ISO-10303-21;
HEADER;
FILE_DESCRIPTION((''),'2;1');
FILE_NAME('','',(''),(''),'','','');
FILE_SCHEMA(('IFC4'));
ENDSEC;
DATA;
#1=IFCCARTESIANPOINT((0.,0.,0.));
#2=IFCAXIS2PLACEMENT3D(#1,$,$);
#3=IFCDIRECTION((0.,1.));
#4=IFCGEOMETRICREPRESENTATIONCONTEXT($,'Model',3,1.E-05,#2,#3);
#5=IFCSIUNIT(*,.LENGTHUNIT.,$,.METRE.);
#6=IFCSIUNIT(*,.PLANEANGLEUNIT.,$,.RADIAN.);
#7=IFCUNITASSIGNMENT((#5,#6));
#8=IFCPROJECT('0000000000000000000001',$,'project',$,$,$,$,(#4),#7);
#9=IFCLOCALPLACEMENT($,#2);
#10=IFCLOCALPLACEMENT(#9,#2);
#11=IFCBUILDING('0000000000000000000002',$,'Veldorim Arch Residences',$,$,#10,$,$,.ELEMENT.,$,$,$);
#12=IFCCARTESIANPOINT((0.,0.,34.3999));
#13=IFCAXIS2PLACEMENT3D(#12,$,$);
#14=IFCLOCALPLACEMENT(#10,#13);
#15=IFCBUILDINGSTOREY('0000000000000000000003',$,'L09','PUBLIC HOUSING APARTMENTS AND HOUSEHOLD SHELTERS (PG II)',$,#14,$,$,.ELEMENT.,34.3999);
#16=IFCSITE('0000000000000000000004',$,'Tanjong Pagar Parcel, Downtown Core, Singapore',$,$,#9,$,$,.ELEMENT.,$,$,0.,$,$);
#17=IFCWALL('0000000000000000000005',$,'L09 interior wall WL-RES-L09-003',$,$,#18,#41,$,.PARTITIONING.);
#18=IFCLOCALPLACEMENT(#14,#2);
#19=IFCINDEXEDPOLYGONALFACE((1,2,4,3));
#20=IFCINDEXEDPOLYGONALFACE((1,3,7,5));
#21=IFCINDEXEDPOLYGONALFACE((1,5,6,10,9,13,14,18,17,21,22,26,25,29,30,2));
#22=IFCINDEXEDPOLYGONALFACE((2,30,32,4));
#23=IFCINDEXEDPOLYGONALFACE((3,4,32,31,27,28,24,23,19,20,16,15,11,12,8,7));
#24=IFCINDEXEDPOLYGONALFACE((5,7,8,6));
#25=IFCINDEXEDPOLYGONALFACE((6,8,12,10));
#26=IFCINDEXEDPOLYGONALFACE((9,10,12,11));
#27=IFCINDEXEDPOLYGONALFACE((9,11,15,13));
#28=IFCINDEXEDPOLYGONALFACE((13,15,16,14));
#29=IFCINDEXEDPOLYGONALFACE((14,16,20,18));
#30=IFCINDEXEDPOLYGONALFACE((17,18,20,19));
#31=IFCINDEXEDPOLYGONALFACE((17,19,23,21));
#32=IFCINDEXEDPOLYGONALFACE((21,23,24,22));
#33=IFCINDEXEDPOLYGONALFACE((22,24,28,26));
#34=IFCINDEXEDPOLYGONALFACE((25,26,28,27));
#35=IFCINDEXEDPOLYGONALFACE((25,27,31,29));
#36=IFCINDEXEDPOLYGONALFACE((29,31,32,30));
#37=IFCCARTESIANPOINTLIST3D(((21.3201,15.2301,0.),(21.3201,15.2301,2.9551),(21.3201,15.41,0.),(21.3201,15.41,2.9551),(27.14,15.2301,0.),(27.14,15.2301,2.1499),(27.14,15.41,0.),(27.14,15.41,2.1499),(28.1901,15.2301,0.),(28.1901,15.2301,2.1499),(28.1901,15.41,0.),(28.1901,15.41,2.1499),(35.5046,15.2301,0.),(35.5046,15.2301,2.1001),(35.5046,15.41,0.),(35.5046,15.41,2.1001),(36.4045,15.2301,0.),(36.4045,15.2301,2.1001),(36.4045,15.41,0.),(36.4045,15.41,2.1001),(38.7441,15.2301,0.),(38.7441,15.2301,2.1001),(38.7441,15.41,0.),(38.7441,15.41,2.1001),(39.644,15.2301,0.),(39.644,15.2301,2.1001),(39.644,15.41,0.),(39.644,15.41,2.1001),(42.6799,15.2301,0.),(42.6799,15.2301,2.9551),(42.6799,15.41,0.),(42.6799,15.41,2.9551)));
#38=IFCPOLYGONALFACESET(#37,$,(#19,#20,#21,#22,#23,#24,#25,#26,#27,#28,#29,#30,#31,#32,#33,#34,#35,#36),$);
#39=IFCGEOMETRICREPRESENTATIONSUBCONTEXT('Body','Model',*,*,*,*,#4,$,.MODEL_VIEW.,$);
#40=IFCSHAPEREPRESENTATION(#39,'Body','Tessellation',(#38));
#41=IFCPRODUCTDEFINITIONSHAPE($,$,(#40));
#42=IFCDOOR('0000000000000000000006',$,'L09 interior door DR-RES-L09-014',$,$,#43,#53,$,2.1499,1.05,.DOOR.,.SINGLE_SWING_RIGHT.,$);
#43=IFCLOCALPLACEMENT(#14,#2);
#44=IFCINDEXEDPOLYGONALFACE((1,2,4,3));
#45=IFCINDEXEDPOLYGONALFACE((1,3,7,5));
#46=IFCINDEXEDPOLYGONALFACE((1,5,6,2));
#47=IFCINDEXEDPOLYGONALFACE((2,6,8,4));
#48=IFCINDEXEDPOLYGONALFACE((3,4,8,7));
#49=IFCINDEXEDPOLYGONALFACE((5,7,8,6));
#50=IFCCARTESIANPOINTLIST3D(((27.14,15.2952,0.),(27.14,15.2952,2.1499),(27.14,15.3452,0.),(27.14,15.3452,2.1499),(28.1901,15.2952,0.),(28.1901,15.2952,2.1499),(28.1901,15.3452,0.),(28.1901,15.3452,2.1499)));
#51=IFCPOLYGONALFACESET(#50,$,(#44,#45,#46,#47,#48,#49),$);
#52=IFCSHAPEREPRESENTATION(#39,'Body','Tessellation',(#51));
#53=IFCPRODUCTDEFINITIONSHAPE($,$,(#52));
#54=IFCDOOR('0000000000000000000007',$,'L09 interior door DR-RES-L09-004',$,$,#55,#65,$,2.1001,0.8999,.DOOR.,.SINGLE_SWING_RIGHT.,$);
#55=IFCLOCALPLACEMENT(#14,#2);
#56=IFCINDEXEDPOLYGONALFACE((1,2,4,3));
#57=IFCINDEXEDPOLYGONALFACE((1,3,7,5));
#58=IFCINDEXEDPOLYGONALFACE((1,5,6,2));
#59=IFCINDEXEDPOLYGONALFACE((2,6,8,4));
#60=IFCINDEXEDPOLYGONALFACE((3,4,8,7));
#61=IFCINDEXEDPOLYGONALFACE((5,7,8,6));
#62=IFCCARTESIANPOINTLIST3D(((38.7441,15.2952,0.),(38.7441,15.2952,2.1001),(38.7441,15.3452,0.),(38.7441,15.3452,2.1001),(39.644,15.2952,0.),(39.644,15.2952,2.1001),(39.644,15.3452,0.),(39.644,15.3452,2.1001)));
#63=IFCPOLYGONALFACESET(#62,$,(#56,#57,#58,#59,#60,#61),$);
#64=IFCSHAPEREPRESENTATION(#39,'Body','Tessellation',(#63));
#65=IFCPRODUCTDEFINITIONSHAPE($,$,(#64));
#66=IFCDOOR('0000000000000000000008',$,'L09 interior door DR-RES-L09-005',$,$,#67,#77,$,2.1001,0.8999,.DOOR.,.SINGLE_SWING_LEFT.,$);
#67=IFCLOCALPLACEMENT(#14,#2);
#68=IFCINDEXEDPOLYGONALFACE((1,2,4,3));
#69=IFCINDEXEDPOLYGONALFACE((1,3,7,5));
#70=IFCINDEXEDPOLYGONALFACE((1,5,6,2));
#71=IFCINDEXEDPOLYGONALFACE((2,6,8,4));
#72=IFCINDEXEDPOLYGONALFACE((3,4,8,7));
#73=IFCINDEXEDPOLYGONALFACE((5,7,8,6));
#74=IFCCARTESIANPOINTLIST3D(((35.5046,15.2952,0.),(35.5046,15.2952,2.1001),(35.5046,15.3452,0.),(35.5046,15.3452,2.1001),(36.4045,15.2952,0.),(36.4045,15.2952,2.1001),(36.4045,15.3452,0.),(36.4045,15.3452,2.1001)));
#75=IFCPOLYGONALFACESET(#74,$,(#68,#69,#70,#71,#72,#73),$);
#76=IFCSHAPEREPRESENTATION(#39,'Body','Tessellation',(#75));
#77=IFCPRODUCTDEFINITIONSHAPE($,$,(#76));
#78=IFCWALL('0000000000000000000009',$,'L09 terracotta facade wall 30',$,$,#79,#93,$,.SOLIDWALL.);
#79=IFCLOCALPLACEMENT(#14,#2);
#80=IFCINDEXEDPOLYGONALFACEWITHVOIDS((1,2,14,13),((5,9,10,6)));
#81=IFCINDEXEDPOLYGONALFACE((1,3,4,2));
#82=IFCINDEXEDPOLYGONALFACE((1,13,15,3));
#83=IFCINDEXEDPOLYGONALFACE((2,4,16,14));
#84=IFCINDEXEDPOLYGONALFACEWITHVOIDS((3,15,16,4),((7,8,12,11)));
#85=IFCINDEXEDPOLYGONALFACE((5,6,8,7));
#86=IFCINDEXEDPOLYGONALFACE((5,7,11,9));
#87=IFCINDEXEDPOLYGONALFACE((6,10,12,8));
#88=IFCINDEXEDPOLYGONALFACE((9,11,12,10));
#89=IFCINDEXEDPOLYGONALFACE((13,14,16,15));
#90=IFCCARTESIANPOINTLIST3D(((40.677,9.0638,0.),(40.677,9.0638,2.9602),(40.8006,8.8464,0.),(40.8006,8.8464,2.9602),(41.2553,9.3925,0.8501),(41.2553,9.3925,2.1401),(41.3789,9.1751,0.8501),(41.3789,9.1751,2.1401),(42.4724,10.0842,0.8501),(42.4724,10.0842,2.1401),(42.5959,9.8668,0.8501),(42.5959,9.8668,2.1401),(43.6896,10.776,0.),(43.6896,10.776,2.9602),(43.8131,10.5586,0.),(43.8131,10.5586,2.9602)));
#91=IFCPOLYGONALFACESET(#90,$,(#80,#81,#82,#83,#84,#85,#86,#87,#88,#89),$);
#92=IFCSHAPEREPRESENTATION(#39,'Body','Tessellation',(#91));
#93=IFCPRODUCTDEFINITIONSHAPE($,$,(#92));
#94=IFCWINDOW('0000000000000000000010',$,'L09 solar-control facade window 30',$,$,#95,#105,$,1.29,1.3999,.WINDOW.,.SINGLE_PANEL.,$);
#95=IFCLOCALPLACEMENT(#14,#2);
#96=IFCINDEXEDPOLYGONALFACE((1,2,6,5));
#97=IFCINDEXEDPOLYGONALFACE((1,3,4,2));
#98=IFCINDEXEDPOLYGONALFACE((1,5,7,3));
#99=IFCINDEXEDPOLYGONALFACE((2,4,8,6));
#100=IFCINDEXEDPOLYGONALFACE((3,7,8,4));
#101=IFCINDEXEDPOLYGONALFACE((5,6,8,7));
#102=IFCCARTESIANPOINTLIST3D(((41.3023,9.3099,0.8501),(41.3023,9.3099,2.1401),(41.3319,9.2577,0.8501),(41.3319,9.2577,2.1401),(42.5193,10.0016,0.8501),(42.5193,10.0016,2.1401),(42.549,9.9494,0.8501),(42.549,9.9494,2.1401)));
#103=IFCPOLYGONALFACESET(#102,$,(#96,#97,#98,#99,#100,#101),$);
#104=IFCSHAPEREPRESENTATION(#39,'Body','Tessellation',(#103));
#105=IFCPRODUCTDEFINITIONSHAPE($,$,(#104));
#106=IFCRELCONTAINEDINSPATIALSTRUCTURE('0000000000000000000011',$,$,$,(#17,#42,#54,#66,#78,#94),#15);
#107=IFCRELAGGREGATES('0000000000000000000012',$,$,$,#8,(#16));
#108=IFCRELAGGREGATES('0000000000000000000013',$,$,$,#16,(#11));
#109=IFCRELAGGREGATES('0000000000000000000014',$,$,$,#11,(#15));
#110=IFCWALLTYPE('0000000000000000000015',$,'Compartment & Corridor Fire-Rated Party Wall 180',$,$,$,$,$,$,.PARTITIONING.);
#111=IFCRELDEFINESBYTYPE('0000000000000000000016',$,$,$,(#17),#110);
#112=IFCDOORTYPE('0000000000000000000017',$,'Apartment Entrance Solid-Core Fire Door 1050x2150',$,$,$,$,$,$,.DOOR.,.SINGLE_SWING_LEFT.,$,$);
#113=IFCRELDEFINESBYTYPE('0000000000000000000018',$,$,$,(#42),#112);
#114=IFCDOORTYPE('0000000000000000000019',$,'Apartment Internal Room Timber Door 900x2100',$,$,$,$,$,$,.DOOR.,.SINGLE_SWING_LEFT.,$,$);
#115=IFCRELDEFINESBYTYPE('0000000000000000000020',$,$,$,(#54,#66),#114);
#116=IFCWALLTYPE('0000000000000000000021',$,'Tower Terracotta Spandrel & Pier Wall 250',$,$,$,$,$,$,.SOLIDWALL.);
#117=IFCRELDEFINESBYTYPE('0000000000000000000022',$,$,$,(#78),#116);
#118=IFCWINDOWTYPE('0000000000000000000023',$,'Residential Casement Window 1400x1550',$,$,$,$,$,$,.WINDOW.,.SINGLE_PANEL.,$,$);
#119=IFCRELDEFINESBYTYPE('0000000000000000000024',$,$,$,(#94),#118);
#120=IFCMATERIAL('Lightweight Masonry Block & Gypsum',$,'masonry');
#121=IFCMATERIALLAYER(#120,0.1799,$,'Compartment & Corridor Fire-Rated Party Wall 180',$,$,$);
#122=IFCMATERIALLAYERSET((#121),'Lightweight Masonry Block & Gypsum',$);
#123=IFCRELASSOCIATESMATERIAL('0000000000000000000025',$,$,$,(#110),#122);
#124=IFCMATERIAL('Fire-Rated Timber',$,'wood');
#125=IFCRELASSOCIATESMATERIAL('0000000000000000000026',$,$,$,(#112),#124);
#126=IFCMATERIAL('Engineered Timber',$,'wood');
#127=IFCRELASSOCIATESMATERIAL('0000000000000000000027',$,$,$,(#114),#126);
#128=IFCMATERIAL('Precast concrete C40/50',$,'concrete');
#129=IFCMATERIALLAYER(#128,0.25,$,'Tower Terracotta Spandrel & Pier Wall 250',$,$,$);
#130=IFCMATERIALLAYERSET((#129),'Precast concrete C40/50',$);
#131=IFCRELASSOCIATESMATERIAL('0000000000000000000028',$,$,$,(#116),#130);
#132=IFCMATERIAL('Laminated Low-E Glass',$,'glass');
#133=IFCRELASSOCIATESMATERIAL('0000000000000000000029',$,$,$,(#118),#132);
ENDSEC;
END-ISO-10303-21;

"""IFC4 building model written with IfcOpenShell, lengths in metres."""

from ifc_helpers import new_model, si_unit, direction, frame, frame_2d, origin, place, context, subcontext, project, spatial, rectangle, extrude, material, layer, layer_set, type_object, element, fill, save


model = new_model("IFC4")

# Units and contexts
model_context = context("Model", 3, precision=1e-05, world=origin(), true_north=direction((0.0, 1.0)))
body_context = subcontext(model_context, "Body", "Model", "MODEL_VIEW")
ifc_project = project(units=[si_unit("LENGTHUNIT", "METRE"), si_unit("PLANEANGLEUNIT", "RADIAN")], contexts=[model_context])

# Site, building, storey
site_placement = place(None, origin())
site = spatial("IfcSite", under=ifc_project, at=site_placement, Name="Tanjong Pagar Parcel, Downtown Core, Singapore", CompositionType="ELEMENT", RefElevation=0.0)
building_placement = place(site_placement, origin())
building = spatial("IfcBuilding", under=site, at=building_placement, Name="Veldorim Arch Residences", CompositionType="ELEMENT")
storey_placement = place(building_placement, frame((0.0, 0.0, 34.3999)))
storey = spatial("IfcBuildingStorey", under=building, at=storey_placement, Name="L09", Description="PUBLIC HOUSING APARTMENTS AND HOUSEHOLD SHELTERS (PG II)", CompositionType="ELEMENT", Elevation=34.3999)

# Shared definitions
ifc_material_1 = material(Name="Lightweight Masonry Block & Gypsum", Category="masonry")
ifc_layer_1 = layer(ifc_material_1, 0.1799, Name="Compartment & Corridor Fire-Rated Party Wall 180")
ifc_layer_set_1 = layer_set([ifc_layer_1], Name="Lightweight Masonry Block & Gypsum")
wall_type_1 = type_object("IfcWallType", Name="Compartment & Corridor Fire-Rated Party Wall 180", PredefinedType="PARTITIONING", material=ifc_layer_set_1)

# Wall, openings, doors
wall_1_placement = place(storey_placement, frame((42.6799, 15.3201, 0.0), z_axis=(0.0, 0.0, 1.0), x_axis=(-1.0, 0.0, 0.0)))
wall_1 = element("IfcWall", 1, at=wall_1_placement, inside=storey, type_object=wall_type_1, Name="L09 interior wall WL-RES-L09-003", PredefinedType="PARTITIONING", context=body_context, shape_type="SweptSolid", body=[
    extrude(rectangle(XDim=21.3599, YDim=0.1799, at=frame_2d((10.6799, 0.0))), origin(), (0.0, 0.0, 1.0), 2.9551),
])
opening_1_placement = place(wall_1_placement, frame((3.0359, 0.0, 0.0)))
opening_1 = element("IfcOpeningElement", 2, at=opening_1_placement, cuts=wall_1, PredefinedType="OPENING", context=body_context, shape_type="SweptSolid", body=[
    extrude(rectangle(XDim=0.8999, YDim=2.1001, at=frame_2d((0.45, 1.05))), frame((0.0, 0.0999, 0.0), z_axis=(0.0, -1.0, 0.0), x_axis=(1.0, 0.0, 0.0)), (0.0, 0.0, 1.0), 0.2),
])
opening_2_placement = place(wall_1_placement, frame((6.2754, 0.0, 0.0)))
opening_2 = element("IfcOpeningElement", 3, at=opening_2_placement, cuts=wall_1, PredefinedType="OPENING", context=body_context, shape_type="SweptSolid", body=[
    extrude(rectangle(XDim=0.8999, YDim=2.1001, at=frame_2d((0.45, 1.05))), frame((0.0, 0.0999, 0.0), z_axis=(0.0, -1.0, 0.0), x_axis=(1.0, 0.0, 0.0)), (0.0, 0.0, 1.0), 0.2),
])
opening_3_placement = place(wall_1_placement, frame((14.49, 0.0, 0.0)))
opening_3 = element("IfcOpeningElement", 4, at=opening_3_placement, cuts=wall_1, PredefinedType="OPENING", context=body_context, shape_type="SweptSolid", body=[
    extrude(rectangle(XDim=1.05, YDim=2.1499, at=frame_2d((0.5249, 1.075))), frame((0.0, 0.0999, 0.0), z_axis=(0.0, -1.0, 0.0), x_axis=(1.0, 0.0, 0.0)), (0.0, 0.0, 1.0), 0.2),
])
ifc_material_2 = material(Name="Fire-Rated Timber", Category="wood")
door_type_1 = type_object("IfcDoorType", Name="Apartment Entrance Solid-Core Fire Door 1050x2150", OperationType="SINGLE_SWING_LEFT", PredefinedType="DOOR", material=ifc_material_2)
door_1_placement = place(opening_3_placement, origin())
door_1 = element("IfcDoor", 5, at=door_1_placement, inside=storey, type_object=door_type_1, Name="L09 interior door DR-RES-L09-014", OperationType="SINGLE_SWING_RIGHT", OverallHeight=2.1499, OverallWidth=1.05, PredefinedType="DOOR", context=body_context, shape_type="SweptSolid", body=[
    extrude(rectangle(XDim=1.05, YDim=2.1499, at=frame_2d((0.5249, 1.075))), frame((0.0, 0.0249, 0.0), z_axis=(0.0, -1.0, 0.0), x_axis=(1.0, 0.0, 0.0)), (0.0, 0.0, 1.0), 0.05),
])
fill(opening_3, door_1)
ifc_material_3 = material(Name="Engineered Timber", Category="wood")
door_type_2 = type_object("IfcDoorType", Name="Apartment Internal Room Timber Door 900x2100", OperationType="SINGLE_SWING_LEFT", PredefinedType="DOOR", material=ifc_material_3)
door_2_placement = place(opening_1_placement, origin())
door_2 = element("IfcDoor", 6, at=door_2_placement, inside=storey, type_object=door_type_2, Name="L09 interior door DR-RES-L09-004", OperationType="SINGLE_SWING_RIGHT", OverallHeight=2.1001, OverallWidth=0.8999, PredefinedType="DOOR", context=body_context, shape_type="SweptSolid", body=[
    extrude(rectangle(XDim=0.8999, YDim=2.1001, at=frame_2d((0.45, 1.05))), frame((0.0, 0.0249, 0.0), z_axis=(0.0, -1.0, 0.0), x_axis=(1.0, 0.0, 0.0)), (0.0, 0.0, 1.0), 0.05),
])
fill(opening_1, door_2)
door_3_placement = place(opening_2_placement, origin())
door_3 = element("IfcDoor", 7, at=door_3_placement, inside=storey, type_object=door_type_2, Name="L09 interior door DR-RES-L09-005", OperationType="SINGLE_SWING_LEFT", OverallHeight=2.1001, OverallWidth=0.8999, PredefinedType="DOOR", context=body_context, shape_type="SweptSolid", body=[
    extrude(rectangle(XDim=0.8999, YDim=2.1001, at=frame_2d((0.45, 1.05))), frame((0.0, 0.0249, 0.0), z_axis=(0.0, -1.0, 0.0), x_axis=(1.0, 0.0, 0.0)), (0.0, 0.0, 1.0), 0.05),
])
fill(opening_2, door_3)

# Wall, opening, window
ifc_material_4 = material(Name="Precast concrete C40/50", Category="concrete")
ifc_layer_2 = layer(ifc_material_4, 0.25, Name="Tower Terracotta Spandrel & Pier Wall 250")
ifc_layer_set_2 = layer_set([ifc_layer_2], Name="Precast concrete C40/50")
wall_type_2 = type_object("IfcWallType", Name="Tower Terracotta Spandrel & Pier Wall 250", PredefinedType="SOLIDWALL", material=ifc_layer_set_2)
wall_2_placement = place(storey_placement, frame((43.7512, 10.6672, 0.0), z_axis=(0.0, 0.0, 1.0), x_axis=(-0.86939, -0.494127, 0.0)))
wall_2 = element("IfcWall", 8, at=wall_2_placement, inside=storey, type_object=wall_type_2, Name="L09 terracotta facade wall 30", PredefinedType="SOLIDWALL", context=body_context, shape_type="SweptSolid", body=[
    extrude(rectangle(XDim=3.4651, YDim=0.25, at=frame_2d((1.7324, 0.0))), origin(), (0.0, 0.0, 1.0), 2.9602),
])
opening_4_placement = place(wall_2_placement, frame((1.3999, 0.0, 0.8501)))
opening_4 = element("IfcOpeningElement", 9, at=opening_4_placement, cuts=wall_2, PredefinedType="OPENING", context=body_context, shape_type="SweptSolid", body=[
    extrude(rectangle(XDim=1.3999, YDim=1.29, at=frame_2d((0.7, 0.645))), frame((0.0, 0.135, 0.0), z_axis=(0.0, -1.0, 0.0), x_axis=(1.0, 0.0, 0.0)), (0.0, 0.0, 1.0), 0.27),
])
ifc_material_5 = material(Name="Laminated Low-E Glass", Category="glass")
window_type = type_object("IfcWindowType", Name="Residential Casement Window 1400x1550", PartitioningType="SINGLE_PANEL", PredefinedType="WINDOW", material=ifc_material_5)
window_placement = place(opening_4_placement, origin())
window = element("IfcWindow", 10, at=window_placement, inside=storey, type_object=window_type, Name="L09 solar-control facade window 30", OverallHeight=1.29, OverallWidth=1.3999, PartitioningType="SINGLE_PANEL", PredefinedType="WINDOW", context=body_context, shape_type="SweptSolid", body=[
    extrude(rectangle(XDim=1.3999, YDim=1.29, at=frame_2d((0.7, 0.645))), frame((0.0, 0.03, 0.0), z_axis=(0.0, -1.0, 0.0), x_axis=(1.0, 0.0, 0.0)), (0.0, 0.0, 1.0), 0.0601),
])
fill(opening_4, window)

save(model, "model.ifc")
